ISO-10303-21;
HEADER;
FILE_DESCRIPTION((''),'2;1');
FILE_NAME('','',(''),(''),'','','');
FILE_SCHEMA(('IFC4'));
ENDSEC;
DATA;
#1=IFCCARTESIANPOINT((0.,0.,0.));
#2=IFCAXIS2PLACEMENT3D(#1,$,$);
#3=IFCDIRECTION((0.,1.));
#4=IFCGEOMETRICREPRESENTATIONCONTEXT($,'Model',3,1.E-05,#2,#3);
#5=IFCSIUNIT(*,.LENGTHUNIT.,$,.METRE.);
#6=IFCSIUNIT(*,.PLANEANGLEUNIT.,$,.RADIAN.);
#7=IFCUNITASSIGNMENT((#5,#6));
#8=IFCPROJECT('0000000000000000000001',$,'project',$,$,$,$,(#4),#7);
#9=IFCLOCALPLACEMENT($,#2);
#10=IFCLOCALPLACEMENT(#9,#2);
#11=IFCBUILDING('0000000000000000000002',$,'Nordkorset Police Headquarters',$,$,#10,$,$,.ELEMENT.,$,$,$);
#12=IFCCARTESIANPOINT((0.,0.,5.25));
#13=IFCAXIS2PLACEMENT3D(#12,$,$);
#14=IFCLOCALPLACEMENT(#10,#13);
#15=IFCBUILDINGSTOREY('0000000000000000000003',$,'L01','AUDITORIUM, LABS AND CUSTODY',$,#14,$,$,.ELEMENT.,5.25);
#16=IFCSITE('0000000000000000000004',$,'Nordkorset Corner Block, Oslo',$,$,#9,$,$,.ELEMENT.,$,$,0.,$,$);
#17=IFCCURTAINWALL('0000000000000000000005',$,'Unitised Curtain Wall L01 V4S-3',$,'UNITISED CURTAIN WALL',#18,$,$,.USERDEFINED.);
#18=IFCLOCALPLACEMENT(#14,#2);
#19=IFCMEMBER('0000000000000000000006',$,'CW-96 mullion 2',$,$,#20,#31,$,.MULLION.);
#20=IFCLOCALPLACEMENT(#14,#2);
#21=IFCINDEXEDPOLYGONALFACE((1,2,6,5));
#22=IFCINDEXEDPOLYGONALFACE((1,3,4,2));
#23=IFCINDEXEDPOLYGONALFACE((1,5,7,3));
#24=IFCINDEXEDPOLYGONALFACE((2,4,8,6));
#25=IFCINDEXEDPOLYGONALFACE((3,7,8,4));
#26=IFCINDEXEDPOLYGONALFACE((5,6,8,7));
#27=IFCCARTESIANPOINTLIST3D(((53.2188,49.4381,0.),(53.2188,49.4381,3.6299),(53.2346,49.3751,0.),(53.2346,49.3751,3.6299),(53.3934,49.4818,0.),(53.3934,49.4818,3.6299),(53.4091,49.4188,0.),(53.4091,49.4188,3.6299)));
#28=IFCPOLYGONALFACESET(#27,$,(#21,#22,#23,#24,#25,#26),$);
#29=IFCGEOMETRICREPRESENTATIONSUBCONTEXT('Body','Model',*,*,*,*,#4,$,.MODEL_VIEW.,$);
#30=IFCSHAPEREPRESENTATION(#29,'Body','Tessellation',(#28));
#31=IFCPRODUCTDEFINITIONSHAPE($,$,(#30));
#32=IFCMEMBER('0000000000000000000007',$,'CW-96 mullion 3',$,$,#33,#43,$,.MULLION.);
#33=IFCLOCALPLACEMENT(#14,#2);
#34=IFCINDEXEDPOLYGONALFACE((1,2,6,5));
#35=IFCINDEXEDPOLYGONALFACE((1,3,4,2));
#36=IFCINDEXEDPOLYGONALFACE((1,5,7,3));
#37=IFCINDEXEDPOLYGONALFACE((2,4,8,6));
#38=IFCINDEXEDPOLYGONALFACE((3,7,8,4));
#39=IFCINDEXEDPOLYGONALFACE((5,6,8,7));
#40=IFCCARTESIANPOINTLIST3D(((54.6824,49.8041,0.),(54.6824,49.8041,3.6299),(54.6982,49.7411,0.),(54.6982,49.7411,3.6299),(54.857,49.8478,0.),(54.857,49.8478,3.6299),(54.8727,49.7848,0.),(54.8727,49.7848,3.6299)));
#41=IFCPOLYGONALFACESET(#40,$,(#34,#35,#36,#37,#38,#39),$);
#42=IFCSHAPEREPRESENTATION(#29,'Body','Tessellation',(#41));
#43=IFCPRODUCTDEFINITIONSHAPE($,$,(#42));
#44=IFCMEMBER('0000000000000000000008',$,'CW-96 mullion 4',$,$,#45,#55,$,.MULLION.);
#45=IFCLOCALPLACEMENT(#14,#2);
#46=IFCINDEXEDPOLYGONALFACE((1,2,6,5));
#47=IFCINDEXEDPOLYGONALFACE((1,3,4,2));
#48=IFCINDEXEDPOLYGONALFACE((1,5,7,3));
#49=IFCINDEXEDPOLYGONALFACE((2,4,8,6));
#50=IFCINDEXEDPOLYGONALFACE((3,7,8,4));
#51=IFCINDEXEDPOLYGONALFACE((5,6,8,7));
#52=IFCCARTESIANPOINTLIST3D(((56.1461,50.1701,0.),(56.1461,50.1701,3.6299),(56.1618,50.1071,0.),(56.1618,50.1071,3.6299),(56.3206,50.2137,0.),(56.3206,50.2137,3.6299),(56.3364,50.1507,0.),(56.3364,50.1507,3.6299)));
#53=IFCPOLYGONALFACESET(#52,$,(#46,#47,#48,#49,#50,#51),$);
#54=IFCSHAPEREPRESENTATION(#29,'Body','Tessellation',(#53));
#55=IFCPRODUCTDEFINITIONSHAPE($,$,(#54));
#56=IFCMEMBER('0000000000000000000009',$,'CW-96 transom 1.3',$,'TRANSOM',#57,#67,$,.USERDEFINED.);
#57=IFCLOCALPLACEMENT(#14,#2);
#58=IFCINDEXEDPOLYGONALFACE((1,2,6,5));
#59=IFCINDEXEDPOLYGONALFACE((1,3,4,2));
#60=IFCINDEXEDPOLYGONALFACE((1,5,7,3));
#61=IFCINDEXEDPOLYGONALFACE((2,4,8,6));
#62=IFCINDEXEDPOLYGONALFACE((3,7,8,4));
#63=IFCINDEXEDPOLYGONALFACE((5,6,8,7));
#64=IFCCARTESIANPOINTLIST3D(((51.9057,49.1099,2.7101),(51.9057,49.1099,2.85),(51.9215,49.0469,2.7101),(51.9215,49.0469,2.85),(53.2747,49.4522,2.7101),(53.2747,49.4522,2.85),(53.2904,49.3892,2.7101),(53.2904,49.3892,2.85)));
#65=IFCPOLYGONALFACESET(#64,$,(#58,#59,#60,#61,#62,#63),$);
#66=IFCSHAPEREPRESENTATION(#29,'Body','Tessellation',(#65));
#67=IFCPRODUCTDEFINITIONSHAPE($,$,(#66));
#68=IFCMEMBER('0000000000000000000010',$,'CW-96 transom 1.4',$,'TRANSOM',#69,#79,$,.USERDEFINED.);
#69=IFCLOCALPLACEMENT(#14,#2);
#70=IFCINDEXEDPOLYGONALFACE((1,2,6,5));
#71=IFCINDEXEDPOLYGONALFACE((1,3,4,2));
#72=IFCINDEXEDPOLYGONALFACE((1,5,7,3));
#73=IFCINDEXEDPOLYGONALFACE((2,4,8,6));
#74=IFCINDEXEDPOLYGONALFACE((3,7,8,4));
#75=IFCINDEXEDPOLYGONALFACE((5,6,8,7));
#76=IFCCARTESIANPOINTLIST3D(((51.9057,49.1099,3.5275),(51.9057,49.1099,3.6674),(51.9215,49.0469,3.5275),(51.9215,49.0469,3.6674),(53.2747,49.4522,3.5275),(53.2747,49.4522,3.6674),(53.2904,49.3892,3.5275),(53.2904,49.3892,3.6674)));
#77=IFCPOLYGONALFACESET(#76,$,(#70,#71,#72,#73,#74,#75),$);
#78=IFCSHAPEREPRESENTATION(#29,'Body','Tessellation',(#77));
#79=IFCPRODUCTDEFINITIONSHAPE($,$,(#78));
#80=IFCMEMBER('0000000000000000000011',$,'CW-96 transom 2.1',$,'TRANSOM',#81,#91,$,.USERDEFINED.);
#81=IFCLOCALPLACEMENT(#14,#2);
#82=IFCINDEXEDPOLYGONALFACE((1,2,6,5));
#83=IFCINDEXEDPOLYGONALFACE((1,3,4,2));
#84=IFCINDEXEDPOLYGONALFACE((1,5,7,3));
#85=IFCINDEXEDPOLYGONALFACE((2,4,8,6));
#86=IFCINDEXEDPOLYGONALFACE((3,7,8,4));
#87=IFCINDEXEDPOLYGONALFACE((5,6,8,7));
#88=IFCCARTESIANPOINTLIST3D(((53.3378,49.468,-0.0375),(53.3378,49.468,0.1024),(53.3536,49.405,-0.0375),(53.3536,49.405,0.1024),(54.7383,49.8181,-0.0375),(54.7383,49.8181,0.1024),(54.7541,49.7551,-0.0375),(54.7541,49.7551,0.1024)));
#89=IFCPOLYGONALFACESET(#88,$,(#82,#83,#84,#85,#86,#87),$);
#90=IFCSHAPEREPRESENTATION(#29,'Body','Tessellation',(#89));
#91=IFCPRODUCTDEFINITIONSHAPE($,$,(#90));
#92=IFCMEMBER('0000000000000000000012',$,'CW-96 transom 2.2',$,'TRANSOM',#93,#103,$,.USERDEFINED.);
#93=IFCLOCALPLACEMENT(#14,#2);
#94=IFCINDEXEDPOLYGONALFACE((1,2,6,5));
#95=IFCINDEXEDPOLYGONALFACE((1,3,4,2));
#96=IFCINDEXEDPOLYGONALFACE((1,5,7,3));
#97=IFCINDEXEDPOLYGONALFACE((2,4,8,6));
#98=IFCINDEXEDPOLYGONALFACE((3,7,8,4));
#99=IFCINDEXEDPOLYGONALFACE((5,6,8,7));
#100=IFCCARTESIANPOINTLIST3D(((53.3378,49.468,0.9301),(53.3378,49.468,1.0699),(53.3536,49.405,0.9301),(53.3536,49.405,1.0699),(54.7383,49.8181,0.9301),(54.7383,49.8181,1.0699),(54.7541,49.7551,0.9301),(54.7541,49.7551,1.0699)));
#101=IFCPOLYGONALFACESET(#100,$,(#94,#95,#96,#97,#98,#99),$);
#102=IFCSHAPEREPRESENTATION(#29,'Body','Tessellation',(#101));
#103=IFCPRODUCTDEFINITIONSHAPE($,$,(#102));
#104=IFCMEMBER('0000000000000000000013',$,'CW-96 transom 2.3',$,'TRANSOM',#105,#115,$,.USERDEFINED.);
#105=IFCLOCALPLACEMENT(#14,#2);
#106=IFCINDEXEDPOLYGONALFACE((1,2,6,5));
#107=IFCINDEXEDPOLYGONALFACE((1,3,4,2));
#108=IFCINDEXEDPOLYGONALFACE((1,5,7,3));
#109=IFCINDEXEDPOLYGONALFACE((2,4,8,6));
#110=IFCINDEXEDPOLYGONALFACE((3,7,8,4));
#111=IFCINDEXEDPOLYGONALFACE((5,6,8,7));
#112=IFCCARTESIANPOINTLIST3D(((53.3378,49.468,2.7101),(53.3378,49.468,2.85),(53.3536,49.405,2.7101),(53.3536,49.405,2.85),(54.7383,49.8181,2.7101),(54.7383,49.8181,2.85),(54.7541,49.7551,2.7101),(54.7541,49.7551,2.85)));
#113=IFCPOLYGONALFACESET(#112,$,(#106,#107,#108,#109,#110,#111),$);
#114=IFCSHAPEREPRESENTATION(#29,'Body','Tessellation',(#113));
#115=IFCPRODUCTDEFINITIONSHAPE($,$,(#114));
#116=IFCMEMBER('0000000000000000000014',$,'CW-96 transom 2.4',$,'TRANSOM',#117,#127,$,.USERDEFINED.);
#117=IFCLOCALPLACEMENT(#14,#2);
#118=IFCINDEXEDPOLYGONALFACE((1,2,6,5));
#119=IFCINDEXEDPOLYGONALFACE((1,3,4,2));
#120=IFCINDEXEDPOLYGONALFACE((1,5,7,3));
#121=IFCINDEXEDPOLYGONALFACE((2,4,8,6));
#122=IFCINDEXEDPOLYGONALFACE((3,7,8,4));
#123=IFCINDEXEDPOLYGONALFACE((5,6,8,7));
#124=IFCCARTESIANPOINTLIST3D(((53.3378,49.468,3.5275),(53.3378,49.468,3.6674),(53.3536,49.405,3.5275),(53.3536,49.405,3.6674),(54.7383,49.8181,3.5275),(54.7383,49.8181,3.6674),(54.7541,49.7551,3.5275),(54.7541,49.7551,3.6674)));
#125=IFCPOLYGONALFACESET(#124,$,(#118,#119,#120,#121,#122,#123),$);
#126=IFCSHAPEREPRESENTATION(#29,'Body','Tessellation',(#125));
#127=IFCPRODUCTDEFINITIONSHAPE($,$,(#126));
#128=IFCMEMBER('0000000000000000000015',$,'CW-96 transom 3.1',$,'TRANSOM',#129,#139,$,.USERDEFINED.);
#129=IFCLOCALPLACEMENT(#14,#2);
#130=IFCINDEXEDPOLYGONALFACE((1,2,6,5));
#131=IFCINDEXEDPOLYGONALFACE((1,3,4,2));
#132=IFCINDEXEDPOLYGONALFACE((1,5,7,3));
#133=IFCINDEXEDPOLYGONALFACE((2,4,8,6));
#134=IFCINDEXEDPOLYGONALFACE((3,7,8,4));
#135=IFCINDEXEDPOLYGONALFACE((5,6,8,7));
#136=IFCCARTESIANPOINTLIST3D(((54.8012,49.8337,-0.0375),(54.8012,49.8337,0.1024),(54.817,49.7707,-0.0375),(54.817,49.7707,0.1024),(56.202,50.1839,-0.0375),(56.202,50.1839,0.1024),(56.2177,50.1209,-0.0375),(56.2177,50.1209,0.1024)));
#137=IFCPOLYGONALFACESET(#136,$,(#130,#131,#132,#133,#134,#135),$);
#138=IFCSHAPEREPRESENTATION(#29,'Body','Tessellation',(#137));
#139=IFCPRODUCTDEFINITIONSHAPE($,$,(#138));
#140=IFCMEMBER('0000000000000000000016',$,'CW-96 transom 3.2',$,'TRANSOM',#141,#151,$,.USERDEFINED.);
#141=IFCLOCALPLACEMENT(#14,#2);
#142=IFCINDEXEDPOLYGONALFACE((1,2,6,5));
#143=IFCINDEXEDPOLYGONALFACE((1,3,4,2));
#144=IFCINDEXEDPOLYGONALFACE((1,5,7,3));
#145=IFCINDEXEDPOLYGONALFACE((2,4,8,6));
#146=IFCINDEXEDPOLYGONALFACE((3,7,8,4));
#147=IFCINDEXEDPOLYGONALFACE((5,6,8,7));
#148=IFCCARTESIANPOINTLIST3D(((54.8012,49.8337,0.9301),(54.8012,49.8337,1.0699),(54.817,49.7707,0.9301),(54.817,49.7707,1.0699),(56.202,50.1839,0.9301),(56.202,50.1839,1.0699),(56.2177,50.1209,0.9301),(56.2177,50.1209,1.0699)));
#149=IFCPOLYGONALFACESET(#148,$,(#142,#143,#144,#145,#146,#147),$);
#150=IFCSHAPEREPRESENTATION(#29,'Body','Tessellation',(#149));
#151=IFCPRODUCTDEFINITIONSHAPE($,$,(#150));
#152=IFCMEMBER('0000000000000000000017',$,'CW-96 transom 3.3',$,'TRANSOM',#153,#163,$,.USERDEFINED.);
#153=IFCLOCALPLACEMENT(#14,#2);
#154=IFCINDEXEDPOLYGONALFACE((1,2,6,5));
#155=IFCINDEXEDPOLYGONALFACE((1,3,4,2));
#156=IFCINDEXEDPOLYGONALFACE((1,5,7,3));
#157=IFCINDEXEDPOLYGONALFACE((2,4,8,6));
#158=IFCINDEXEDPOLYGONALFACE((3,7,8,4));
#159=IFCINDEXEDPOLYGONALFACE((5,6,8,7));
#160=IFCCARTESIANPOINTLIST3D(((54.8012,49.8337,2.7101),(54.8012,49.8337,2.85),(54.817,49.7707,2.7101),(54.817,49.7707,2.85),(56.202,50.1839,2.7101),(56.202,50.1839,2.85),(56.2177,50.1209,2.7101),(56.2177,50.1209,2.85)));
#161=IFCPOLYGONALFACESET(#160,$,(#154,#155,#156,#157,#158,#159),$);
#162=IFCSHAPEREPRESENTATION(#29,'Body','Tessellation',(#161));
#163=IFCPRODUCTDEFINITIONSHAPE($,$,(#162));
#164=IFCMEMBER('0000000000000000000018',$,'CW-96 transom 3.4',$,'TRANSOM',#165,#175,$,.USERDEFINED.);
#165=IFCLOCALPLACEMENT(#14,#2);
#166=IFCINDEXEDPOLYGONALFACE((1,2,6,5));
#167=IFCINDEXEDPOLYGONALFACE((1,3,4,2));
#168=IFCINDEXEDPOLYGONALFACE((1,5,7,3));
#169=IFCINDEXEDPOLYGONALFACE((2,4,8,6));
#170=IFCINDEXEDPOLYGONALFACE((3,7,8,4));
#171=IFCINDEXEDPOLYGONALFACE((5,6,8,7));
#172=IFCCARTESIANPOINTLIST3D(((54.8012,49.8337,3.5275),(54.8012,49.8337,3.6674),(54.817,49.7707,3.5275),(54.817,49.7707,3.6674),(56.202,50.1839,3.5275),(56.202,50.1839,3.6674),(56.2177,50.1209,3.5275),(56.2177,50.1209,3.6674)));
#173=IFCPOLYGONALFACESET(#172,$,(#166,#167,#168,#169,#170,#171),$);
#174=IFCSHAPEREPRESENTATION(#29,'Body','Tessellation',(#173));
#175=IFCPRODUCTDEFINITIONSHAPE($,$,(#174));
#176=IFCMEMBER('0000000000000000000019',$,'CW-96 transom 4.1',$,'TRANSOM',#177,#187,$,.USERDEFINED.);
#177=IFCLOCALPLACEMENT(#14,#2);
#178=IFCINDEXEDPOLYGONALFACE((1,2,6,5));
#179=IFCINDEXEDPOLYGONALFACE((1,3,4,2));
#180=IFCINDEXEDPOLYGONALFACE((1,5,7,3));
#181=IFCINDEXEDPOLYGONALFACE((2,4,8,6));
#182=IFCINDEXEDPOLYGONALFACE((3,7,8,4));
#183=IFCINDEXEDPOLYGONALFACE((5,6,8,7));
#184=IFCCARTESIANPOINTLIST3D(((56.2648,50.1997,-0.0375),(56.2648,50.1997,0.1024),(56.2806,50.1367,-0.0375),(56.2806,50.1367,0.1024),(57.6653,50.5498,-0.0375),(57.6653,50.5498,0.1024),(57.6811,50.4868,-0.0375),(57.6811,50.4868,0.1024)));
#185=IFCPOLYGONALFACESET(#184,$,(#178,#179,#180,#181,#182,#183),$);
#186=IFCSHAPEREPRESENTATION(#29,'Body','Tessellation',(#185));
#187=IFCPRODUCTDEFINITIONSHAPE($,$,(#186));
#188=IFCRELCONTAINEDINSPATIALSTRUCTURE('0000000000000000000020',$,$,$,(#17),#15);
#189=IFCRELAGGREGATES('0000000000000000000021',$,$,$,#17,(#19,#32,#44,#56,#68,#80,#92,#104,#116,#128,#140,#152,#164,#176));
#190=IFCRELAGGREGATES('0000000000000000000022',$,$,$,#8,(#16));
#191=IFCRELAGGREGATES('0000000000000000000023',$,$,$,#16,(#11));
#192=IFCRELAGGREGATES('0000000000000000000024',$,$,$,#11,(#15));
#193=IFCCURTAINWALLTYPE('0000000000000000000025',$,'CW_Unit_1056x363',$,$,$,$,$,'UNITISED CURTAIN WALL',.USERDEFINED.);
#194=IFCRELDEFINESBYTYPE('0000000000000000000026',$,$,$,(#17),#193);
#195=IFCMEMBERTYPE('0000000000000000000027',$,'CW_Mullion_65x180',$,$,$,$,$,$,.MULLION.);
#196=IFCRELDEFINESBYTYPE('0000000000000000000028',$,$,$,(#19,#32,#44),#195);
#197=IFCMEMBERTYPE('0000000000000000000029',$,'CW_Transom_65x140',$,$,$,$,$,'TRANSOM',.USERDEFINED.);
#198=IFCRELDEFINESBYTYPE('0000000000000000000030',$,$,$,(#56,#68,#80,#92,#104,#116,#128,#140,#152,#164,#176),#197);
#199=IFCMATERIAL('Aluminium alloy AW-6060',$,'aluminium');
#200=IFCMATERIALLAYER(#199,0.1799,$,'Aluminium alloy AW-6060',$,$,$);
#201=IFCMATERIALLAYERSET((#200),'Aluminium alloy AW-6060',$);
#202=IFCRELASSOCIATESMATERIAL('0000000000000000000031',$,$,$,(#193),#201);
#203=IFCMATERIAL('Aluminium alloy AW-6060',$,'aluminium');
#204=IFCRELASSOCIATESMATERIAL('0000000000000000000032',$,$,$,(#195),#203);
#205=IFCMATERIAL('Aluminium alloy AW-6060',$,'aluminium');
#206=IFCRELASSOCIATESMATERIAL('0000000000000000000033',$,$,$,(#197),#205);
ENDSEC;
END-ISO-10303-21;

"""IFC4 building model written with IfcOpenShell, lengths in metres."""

from ifc_helpers import new_model, si_unit, direction, frame, origin, origin_2d, place, context, subcontext, project, spatial, rectangle, extrude, material, layer, layer_set, material_profile, profile_set, type_object, element, aggregate, save


model = new_model("IFC4")

# Units and contexts
model_context = context("Model", 3, precision=1e-05, world=origin(), true_north=direction((0.0, 1.0)))
body_context = subcontext(model_context, "Body", "Model", "MODEL_VIEW")
ifc_project = project(units=[si_unit("LENGTHUNIT", "METRE"), si_unit("PLANEANGLEUNIT", "RADIAN")], contexts=[model_context])

# Site, building, storey
site_placement = place(None, origin())
site = spatial("IfcSite", under=ifc_project, at=site_placement, Name="Nordkorset Corner Block, Oslo", CompositionType="ELEMENT", RefElevation=0.0)
building_placement = place(site_placement, origin())
building = spatial("IfcBuilding", under=site, at=building_placement, Name="Nordkorset Police Headquarters", CompositionType="ELEMENT")
storey_placement = place(building_placement, frame((0.0, 0.0, 5.25)))
storey = spatial("IfcBuildingStorey", under=building, at=storey_placement, Name="L01", Description="AUDITORIUM, LABS AND CUSTODY", CompositionType="ELEMENT", Elevation=5.25)

# Curtain wall, members
ifc_material_1 = material(Name="Aluminium alloy AW-6060", Category="aluminium")
ifc_layer_1 = layer(ifc_material_1, 0.1799, Name="Aluminium alloy AW-6060")
ifc_layer_set_1 = layer_set([ifc_layer_1], Name="Aluminium alloy AW-6060")
curtain_wall_type = type_object("IfcCurtainWallType", Name="CW_Unit_1056x363", ElementType="UNITISED CURTAIN WALL", PredefinedType="USERDEFINED", material=ifc_layer_set_1)
curtain_wall_placement = place(storey_placement, origin())
curtain_wall = element("IfcCurtainWall", 1, at=curtain_wall_placement, inside=storey, type_object=curtain_wall_type, Name="Unitised Curtain Wall L01 V4S-3", ObjectType="UNITISED CURTAIN WALL", PredefinedType="USERDEFINED")
ifc_material_2 = material(Name="Aluminium alloy AW-6060", Category="aluminium")
ifc_material_profile_1 = material_profile(ifc_material_2, rectangle(XDim=0.0649, YDim=0.1799, at=origin_2d()), Name="ALU MULL 65x180")
ifc_profile_set_1 = profile_set([ifc_material_profile_1], Name="Aluminium alloy AW-6060")
member_type_1 = type_object("IfcMemberType", Name="CW_Mullion_65x180", PredefinedType="MULLION", material=ifc_profile_set_1)
member_1_placement = place(storey_placement, frame((53.314, 49.4285, 0.0), z_axis=(0.0, 0.0, 1.0), x_axis=(-0.242535, 0.970143, 0.0)))
member_1 = element("IfcMember", 2, at=member_1_placement, type_object=member_type_1, Name="CW-96 mullion 2", PredefinedType="MULLION", context=body_context, shape_type="SweptSolid", body=[
    extrude(rectangle(XDim=0.0649, YDim=0.1799, at=origin_2d()), origin(), (0.0, 0.0, 1.0), 3.6299),
])
member_2_placement = place(storey_placement, frame((54.7776, 49.7944, 0.0), z_axis=(0.0, 0.0, 1.0), x_axis=(-0.242535, 0.970143, 0.0)))
member_2 = element("IfcMember", 3, at=member_2_placement, type_object=member_type_1, Name="CW-96 mullion 3", PredefinedType="MULLION", context=body_context, shape_type="SweptSolid", body=[
    extrude(rectangle(XDim=0.0649, YDim=0.1799, at=origin_2d()), origin(), (0.0, 0.0, 1.0), 3.6299),
])
member_3_placement = place(storey_placement, frame((56.2412, 50.1604, 0.0), z_axis=(0.0, 0.0, 1.0), x_axis=(-0.242535, 0.970143, 0.0)))
member_3 = element("IfcMember", 4, at=member_3_placement, type_object=member_type_1, Name="CW-96 mullion 4", PredefinedType="MULLION", context=body_context, shape_type="SweptSolid", body=[
    extrude(rectangle(XDim=0.0649, YDim=0.1799, at=origin_2d()), origin(), (0.0, 0.0, 1.0), 3.6299),
])
ifc_material_3 = material(Name="Aluminium alloy AW-6060", Category="aluminium")
ifc_material_profile_2 = material_profile(ifc_material_3, rectangle(XDim=0.0649, YDim=0.1399, at=origin_2d()), Name="ALU TRAN 65x140")
ifc_profile_set_2 = profile_set([ifc_material_profile_2], Name="Aluminium alloy AW-6060")
member_type_2 = type_object("IfcMemberType", Name="CW_Transom_65x140", ElementType="TRANSOM", PredefinedType="USERDEFINED", material=ifc_profile_set_2)
member_4_placement = place(storey_placement, frame((51.9136, 49.0784, 2.78), z_axis=(0.970132, 0.242576, 0.0), x_axis=(-0.242576, 0.970132, 0.0)))
member_4 = element("IfcMember", 5, at=member_4_placement, type_object=member_type_2, Name="CW-96 transom 1.3", ObjectType="TRANSOM", PredefinedType="USERDEFINED", context=body_context, shape_type="SweptSolid", body=[
    extrude(rectangle(XDim=0.0649, YDim=0.1399, at=origin_2d()), origin(), (0.0, 0.0, 1.0), 1.4111),
])
member_5_placement = place(storey_placement, frame((51.9136, 49.0784, 3.5974), z_axis=(0.970132, 0.242576, 0.0), x_axis=(-0.242576, 0.970132, 0.0)))
member_5 = element("IfcMember", 6, at=member_5_placement, type_object=member_type_2, Name="CW-96 transom 1.4", ObjectType="TRANSOM", PredefinedType="USERDEFINED", context=body_context, shape_type="SweptSolid", body=[
    extrude(rectangle(XDim=0.0649, YDim=0.1399, at=origin_2d()), origin(), (0.0, 0.0, 1.0), 1.4111),
])
member_6_placement = place(storey_placement, frame((53.3457, 49.4365, 0.0325), z_axis=(0.970143, 0.242536, 0.0), x_axis=(-0.242536, 0.970143, 0.0)))
member_6 = element("IfcMember", 7, at=member_6_placement, type_object=member_type_2, Name="CW-96 transom 2.1", ObjectType="TRANSOM", PredefinedType="USERDEFINED", context=body_context, shape_type="SweptSolid", body=[
    extrude(rectangle(XDim=0.0649, YDim=0.1399, at=origin_2d()), origin(), (0.0, 0.0, 1.0), 1.4436),
])
member_7_placement = place(storey_placement, frame((53.3457, 49.4365, 1.0), z_axis=(0.970143, 0.242536, 0.0), x_axis=(-0.242536, 0.970143, 0.0)))
member_7 = element("IfcMember", 8, at=member_7_placement, type_object=member_type_2, Name="CW-96 transom 2.2", ObjectType="TRANSOM", PredefinedType="USERDEFINED", context=body_context, shape_type="SweptSolid", body=[
    extrude(rectangle(XDim=0.0649, YDim=0.1399, at=origin_2d()), origin(), (0.0, 0.0, 1.0), 1.4436),
])
member_8_placement = place(storey_placement, frame((53.3457, 49.4365, 2.78), z_axis=(0.970143, 0.242536, 0.0), x_axis=(-0.242536, 0.970143, 0.0)))
member_8 = element("IfcMember", 9, at=member_8_placement, type_object=member_type_2, Name="CW-96 transom 2.3", ObjectType="TRANSOM", PredefinedType="USERDEFINED", context=body_context, shape_type="SweptSolid", body=[
    extrude(rectangle(XDim=0.0649, YDim=0.1399, at=origin_2d()), origin(), (0.0, 0.0, 1.0), 1.4436),
])
member_9_placement = place(storey_placement, frame((53.3457, 49.4365, 3.5974), z_axis=(0.970143, 0.242536, 0.0), x_axis=(-0.242536, 0.970143, 0.0)))
member_9 = element("IfcMember", 10, at=member_9_placement, type_object=member_type_2, Name="CW-96 transom 2.4", ObjectType="TRANSOM", PredefinedType="USERDEFINED", context=body_context, shape_type="SweptSolid", body=[
    extrude(rectangle(XDim=0.0649, YDim=0.1399, at=origin_2d()), origin(), (0.0, 0.0, 1.0), 1.4436),
])
member_10_placement = place(storey_placement, frame((54.8091, 49.8022, 0.0325), z_axis=(0.970152, 0.242496, 0.0), x_axis=(-0.242496, 0.970152, 0.0)))
member_10 = element("IfcMember", 11, at=member_10_placement, type_object=member_type_2, Name="CW-96 transom 3.1", ObjectType="TRANSOM", PredefinedType="USERDEFINED", context=body_context, shape_type="SweptSolid", body=[
    extrude(rectangle(XDim=0.0649, YDim=0.1399, at=origin_2d()), origin(), (0.0, 0.0, 1.0), 1.4438),
])
member_11_placement = place(storey_placement, frame((54.8091, 49.8022, 1.0), z_axis=(0.970152, 0.242496, 0.0), x_axis=(-0.242496, 0.970152, 0.0)))
member_11 = element("IfcMember", 12, at=member_11_placement, type_object=member_type_2, Name="CW-96 transom 3.2", ObjectType="TRANSOM", PredefinedType="USERDEFINED", context=body_context, shape_type="SweptSolid", body=[
    extrude(rectangle(XDim=0.0649, YDim=0.1399, at=origin_2d()), origin(), (0.0, 0.0, 1.0), 1.4438),
])
member_12_placement = place(storey_placement, frame((54.8091, 49.8022, 2.78), z_axis=(0.970152, 0.242496, 0.0), x_axis=(-0.242496, 0.970152, 0.0)))
member_12 = element("IfcMember", 13, at=member_12_placement, type_object=member_type_2, Name="CW-96 transom 3.3", ObjectType="TRANSOM", PredefinedType="USERDEFINED", context=body_context, shape_type="SweptSolid", body=[
    extrude(rectangle(XDim=0.0649, YDim=0.1399, at=origin_2d()), origin(), (0.0, 0.0, 1.0), 1.4438),
])
member_13_placement = place(storey_placement, frame((54.8091, 49.8022, 3.5974), z_axis=(0.970152, 0.242496, 0.0), x_axis=(-0.242496, 0.970152, 0.0)))
member_13 = element("IfcMember", 14, at=member_13_placement, type_object=member_type_2, Name="CW-96 transom 3.4", ObjectType="TRANSOM", PredefinedType="USERDEFINED", context=body_context, shape_type="SweptSolid", body=[
    extrude(rectangle(XDim=0.0649, YDim=0.1399, at=origin_2d()), origin(), (0.0, 0.0, 1.0), 1.4438),
])
member_14_placement = place(storey_placement, frame((56.2727, 50.1682, 0.0325), z_axis=(0.970143, 0.242536, 0.0), x_axis=(-0.242536, 0.970143, 0.0)))
member_14 = element("IfcMember", 15, at=member_14_placement, type_object=member_type_2, Name="CW-96 transom 4.1", ObjectType="TRANSOM", PredefinedType="USERDEFINED", context=body_context, shape_type="SweptSolid", body=[
    extrude(rectangle(XDim=0.0649, YDim=0.1399, at=origin_2d()), origin(), (0.0, 0.0, 1.0), 1.4436),
])
aggregate(curtain_wall, [member_1, member_2, member_3, member_4, member_5, member_6, member_7, member_8, member_9, member_10, member_11, member_12, member_13, member_14])

save(model, "model.ifc")
